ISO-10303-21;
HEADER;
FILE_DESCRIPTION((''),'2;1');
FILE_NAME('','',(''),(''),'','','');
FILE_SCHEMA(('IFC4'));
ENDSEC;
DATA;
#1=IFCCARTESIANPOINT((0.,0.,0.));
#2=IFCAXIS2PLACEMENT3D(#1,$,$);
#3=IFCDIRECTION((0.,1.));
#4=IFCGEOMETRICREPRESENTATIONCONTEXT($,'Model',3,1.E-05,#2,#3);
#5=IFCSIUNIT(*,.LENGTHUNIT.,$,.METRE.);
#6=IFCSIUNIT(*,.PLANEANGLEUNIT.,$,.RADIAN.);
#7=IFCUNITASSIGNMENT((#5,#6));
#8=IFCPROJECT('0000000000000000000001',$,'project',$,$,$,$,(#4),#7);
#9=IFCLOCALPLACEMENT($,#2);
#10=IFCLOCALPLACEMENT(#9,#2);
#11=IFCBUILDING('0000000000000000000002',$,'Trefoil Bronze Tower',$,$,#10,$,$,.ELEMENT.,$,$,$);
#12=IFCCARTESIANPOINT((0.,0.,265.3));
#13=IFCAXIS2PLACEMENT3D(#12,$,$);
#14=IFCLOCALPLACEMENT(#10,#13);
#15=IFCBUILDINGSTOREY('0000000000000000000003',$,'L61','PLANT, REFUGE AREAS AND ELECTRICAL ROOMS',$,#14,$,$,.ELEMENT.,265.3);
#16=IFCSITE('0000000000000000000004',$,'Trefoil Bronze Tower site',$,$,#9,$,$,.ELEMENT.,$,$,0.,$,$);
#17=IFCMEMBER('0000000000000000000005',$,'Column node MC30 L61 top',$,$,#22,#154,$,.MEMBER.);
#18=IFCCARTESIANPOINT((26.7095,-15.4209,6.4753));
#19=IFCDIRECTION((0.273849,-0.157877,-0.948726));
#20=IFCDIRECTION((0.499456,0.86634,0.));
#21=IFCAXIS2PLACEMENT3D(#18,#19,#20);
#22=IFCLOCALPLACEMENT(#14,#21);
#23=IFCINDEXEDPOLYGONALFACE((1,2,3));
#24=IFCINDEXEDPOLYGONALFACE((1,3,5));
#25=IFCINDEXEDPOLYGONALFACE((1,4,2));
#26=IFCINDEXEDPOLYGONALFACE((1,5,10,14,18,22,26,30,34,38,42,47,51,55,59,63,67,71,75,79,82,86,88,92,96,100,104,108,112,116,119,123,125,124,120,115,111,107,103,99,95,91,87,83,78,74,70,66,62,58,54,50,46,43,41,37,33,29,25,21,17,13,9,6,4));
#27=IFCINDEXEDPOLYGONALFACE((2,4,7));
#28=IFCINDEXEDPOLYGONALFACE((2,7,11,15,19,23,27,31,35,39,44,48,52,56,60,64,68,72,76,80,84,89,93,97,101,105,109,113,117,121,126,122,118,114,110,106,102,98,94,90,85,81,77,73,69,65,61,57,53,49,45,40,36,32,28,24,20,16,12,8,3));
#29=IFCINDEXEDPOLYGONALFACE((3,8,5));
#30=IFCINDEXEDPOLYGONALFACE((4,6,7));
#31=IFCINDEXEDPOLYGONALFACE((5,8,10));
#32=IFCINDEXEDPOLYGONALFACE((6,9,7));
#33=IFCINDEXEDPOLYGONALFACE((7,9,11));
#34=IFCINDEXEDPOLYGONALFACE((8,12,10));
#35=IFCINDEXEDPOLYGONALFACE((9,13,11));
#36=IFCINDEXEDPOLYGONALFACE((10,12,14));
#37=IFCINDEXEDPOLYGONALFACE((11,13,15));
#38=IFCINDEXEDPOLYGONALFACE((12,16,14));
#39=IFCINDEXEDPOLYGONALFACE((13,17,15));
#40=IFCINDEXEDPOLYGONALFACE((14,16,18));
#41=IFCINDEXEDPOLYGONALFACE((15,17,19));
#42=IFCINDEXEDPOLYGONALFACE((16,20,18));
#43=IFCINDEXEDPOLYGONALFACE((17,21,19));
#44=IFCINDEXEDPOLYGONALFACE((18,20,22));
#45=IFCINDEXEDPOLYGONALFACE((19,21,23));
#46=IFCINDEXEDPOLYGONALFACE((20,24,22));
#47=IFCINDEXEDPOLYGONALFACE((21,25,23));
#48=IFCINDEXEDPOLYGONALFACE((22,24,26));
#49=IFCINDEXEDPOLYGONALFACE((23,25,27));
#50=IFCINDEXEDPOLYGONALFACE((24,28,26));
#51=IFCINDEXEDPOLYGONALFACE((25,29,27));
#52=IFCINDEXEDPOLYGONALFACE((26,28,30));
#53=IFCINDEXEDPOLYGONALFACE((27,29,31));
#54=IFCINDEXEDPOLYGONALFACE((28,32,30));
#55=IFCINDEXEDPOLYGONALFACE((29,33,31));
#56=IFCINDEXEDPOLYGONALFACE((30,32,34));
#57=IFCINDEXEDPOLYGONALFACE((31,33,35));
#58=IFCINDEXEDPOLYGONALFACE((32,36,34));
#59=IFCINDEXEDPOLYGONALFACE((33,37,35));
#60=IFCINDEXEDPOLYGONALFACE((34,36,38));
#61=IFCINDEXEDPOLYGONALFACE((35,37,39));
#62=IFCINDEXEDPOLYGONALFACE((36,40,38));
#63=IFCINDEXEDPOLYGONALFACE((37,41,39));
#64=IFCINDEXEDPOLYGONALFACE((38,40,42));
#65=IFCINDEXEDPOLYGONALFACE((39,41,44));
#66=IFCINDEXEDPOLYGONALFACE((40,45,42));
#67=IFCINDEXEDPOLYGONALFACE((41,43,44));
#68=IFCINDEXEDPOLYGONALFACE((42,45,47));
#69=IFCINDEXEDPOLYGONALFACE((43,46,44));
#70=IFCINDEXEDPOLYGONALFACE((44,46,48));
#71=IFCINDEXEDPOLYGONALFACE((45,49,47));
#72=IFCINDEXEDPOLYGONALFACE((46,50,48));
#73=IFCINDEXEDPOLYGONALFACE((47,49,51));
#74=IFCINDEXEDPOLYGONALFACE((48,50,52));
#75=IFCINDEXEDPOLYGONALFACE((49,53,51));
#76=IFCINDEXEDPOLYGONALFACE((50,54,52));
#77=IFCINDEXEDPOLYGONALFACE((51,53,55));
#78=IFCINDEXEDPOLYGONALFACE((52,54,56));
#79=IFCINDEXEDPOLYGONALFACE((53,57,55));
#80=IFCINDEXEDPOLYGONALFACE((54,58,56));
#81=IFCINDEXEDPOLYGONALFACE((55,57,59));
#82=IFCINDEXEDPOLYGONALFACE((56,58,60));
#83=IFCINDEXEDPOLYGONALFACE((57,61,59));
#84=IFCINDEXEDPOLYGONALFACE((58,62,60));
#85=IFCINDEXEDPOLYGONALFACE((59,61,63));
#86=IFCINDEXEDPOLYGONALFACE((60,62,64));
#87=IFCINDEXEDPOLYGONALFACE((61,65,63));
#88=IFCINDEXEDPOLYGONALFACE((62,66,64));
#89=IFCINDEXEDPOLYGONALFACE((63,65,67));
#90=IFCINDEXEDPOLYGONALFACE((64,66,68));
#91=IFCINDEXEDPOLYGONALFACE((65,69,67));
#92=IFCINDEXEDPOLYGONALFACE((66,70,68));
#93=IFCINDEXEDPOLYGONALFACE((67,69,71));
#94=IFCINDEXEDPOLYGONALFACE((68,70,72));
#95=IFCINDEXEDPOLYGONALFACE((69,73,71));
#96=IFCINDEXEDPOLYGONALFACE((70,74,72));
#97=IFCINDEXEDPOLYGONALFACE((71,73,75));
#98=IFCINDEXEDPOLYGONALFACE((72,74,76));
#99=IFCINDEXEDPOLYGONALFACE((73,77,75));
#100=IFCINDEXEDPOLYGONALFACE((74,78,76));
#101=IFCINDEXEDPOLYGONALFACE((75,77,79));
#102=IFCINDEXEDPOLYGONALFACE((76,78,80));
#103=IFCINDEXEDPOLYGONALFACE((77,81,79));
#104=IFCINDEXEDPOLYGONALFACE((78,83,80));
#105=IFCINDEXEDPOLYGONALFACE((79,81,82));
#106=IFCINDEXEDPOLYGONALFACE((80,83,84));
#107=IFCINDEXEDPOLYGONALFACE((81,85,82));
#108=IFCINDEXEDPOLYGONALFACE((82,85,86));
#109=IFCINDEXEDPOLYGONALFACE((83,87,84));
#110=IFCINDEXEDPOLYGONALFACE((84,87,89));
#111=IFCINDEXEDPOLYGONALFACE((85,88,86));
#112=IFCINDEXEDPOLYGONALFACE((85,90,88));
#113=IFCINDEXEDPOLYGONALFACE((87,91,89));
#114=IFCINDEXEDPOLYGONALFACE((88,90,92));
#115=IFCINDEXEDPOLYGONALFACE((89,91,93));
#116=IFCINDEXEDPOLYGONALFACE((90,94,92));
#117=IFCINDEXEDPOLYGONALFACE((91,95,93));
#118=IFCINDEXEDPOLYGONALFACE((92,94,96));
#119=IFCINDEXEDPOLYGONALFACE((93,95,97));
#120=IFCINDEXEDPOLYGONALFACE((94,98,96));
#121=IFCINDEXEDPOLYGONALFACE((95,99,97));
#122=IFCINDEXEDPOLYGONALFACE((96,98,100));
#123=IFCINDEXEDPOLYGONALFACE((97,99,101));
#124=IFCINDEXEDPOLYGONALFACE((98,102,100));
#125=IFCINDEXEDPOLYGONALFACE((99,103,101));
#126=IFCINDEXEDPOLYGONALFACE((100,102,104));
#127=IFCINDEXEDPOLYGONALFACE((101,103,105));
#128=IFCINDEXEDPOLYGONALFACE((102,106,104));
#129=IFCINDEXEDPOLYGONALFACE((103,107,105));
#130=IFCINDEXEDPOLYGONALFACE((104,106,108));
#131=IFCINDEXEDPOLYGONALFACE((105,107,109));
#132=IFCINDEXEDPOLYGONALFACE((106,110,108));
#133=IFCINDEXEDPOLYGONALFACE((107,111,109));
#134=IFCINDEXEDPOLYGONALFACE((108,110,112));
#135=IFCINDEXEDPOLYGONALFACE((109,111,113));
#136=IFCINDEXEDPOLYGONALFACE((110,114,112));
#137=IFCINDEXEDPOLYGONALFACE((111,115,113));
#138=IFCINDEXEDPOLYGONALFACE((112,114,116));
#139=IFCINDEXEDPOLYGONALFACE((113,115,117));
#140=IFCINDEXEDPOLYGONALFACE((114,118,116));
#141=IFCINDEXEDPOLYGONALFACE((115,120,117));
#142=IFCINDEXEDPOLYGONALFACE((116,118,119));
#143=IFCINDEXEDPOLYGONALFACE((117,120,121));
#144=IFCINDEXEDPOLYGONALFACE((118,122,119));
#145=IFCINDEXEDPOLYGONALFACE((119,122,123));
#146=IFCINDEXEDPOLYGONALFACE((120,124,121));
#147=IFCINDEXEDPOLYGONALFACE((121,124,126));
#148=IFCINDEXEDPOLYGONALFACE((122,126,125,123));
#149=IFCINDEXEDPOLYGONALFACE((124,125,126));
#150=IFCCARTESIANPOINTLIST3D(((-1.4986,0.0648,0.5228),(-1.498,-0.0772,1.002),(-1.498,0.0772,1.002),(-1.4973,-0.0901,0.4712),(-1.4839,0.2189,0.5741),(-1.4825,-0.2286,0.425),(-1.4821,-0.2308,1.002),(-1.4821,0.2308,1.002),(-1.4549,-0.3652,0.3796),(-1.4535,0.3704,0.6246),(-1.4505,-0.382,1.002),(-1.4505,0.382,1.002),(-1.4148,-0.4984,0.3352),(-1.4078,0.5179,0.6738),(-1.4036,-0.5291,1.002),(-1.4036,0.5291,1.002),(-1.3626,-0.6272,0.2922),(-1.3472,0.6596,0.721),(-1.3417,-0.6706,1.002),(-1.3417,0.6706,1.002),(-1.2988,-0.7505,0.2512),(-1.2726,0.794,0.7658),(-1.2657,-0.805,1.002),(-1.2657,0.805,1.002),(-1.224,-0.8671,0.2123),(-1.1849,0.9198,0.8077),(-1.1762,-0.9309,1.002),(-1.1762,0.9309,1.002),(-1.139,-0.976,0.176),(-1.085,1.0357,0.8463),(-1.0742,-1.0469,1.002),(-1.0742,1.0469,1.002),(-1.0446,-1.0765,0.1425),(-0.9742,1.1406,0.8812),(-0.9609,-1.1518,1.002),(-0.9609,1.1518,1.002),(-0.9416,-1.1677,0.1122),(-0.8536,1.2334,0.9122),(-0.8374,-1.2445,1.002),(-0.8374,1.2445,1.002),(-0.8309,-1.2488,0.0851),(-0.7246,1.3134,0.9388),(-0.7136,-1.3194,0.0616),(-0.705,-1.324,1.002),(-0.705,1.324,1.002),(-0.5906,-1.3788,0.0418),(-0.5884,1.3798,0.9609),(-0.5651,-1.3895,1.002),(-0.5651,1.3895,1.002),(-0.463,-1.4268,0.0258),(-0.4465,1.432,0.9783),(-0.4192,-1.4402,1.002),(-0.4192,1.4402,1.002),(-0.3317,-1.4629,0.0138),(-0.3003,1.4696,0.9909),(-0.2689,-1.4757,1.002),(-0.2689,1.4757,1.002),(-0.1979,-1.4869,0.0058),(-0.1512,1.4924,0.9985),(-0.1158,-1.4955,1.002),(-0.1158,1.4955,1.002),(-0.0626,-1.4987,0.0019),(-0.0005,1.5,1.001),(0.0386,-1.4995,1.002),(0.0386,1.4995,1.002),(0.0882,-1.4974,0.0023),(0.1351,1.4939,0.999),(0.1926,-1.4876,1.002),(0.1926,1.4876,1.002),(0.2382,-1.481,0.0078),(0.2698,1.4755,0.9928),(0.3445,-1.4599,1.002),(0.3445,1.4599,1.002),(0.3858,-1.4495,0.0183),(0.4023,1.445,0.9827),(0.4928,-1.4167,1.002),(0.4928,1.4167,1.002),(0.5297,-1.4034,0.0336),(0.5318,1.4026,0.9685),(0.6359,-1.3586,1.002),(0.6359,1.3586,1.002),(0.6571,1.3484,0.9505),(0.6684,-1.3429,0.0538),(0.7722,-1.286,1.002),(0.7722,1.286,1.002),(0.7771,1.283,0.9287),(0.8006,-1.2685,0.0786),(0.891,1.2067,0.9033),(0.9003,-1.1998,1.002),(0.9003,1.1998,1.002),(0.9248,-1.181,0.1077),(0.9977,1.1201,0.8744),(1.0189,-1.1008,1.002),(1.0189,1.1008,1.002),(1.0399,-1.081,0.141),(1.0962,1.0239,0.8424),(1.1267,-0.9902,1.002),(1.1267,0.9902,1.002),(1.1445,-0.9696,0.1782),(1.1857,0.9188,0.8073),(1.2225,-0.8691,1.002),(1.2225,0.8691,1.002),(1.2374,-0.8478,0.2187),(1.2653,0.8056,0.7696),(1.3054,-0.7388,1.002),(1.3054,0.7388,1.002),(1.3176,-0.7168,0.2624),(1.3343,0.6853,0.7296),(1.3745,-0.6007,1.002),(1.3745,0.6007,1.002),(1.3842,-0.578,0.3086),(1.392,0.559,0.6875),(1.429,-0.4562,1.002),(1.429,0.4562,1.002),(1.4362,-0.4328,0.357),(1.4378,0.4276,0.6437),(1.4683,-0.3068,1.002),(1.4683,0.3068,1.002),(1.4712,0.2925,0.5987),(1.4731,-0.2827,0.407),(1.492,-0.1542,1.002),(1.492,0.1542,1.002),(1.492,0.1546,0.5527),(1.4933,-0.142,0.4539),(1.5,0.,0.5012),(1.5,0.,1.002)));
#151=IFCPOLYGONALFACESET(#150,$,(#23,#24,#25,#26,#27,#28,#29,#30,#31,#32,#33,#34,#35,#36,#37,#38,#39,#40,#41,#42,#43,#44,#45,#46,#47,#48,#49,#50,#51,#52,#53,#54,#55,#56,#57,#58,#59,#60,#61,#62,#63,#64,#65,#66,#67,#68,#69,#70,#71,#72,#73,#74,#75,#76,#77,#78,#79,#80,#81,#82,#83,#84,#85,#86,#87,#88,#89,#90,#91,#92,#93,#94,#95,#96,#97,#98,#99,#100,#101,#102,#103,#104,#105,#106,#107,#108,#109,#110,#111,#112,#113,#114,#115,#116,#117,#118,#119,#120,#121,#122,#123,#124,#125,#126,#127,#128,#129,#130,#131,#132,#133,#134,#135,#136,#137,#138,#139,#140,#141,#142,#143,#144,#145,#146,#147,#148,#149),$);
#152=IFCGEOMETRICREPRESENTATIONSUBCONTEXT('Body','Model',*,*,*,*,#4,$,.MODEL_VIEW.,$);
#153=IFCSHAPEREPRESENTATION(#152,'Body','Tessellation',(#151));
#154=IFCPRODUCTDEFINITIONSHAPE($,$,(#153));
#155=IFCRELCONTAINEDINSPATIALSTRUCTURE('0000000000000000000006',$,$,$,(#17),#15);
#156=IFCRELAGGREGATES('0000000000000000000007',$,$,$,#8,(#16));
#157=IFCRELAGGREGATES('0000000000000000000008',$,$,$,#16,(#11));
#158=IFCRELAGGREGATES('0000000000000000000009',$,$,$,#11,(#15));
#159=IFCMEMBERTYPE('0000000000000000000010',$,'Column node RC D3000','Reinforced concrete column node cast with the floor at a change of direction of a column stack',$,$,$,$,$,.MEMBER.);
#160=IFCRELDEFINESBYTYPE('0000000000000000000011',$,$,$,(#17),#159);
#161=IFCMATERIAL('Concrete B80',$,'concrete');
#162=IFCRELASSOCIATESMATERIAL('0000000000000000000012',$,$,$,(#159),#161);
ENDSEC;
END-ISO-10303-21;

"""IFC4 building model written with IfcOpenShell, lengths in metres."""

from ifc_helpers import new_model, si_unit, direction, frame, origin, origin_2d, place, context, subcontext, project, spatial, circle, extrude, clip, halfspace, material, material_profile, profile_set, type_object, element, save


model = new_model("IFC4")

# Units and contexts
model_context = context("Model", 3, precision=1e-05, world=origin(), true_north=direction((0.0, 1.0)))
body_context = subcontext(model_context, "Body", "Model", "MODEL_VIEW")
ifc_project = project(units=[si_unit("LENGTHUNIT", "METRE"), si_unit("PLANEANGLEUNIT", "RADIAN")], contexts=[model_context])

# Site, building, storey
site_placement = place(None, origin())
site = spatial("IfcSite", under=ifc_project, at=site_placement, Name="Trefoil Bronze Tower site", CompositionType="ELEMENT", RefElevation=0.0)
building_placement = place(site_placement, origin())
building = spatial("IfcBuilding", under=site, at=building_placement, Name="Trefoil Bronze Tower", CompositionType="ELEMENT")
storey_placement = place(building_placement, frame((0.0, 0.0, 265.3)))
storey = spatial("IfcBuildingStorey", under=building, at=storey_placement, Name="L61", Description="PLANT, REFUGE AREAS AND ELECTRICAL ROOMS", CompositionType="ELEMENT", Elevation=265.3)

# Member
ifc_material_1 = material(Name="Concrete B80", Category="concrete")
ifc_material_profile_1 = material_profile(ifc_material_1, circle(Radius=1.5, at=origin_2d()), Name="RC D3000")
ifc_profile_set_1 = profile_set([ifc_material_profile_1], Name="Concrete B80")
member_type = type_object("IfcMemberType", Name="Column node RC D3000", Description="Reinforced concrete column node cast with the floor at a change of direction of a column stack", PredefinedType="MEMBER", material=ifc_profile_set_1)
member_1_placement = place(storey_placement, frame((26.7095, -15.4209, 6.4753), z_axis=(0.273849, -0.157877, -0.948726), x_axis=(0.499456, 0.86634, 0.0)))
element("IfcMember", 1, at=member_1_placement, inside=storey, type_object=member_type, Name="Column node MC30 L61 top", PredefinedType="MEMBER", context=body_context, shape_type="Clipping", body=[
    clip(extrude(circle(Radius=1.5, at=origin_2d()), origin(), (0.0, 0.0, 1.0), 1.002), halfspace(frame((0.0, 0.0, 0.5012), z_axis=(0.0, -0.316099, 0.948726), x_axis=(0.0, 0.948726, 0.316099)), True)),
])

save(model, "model.ifc")
